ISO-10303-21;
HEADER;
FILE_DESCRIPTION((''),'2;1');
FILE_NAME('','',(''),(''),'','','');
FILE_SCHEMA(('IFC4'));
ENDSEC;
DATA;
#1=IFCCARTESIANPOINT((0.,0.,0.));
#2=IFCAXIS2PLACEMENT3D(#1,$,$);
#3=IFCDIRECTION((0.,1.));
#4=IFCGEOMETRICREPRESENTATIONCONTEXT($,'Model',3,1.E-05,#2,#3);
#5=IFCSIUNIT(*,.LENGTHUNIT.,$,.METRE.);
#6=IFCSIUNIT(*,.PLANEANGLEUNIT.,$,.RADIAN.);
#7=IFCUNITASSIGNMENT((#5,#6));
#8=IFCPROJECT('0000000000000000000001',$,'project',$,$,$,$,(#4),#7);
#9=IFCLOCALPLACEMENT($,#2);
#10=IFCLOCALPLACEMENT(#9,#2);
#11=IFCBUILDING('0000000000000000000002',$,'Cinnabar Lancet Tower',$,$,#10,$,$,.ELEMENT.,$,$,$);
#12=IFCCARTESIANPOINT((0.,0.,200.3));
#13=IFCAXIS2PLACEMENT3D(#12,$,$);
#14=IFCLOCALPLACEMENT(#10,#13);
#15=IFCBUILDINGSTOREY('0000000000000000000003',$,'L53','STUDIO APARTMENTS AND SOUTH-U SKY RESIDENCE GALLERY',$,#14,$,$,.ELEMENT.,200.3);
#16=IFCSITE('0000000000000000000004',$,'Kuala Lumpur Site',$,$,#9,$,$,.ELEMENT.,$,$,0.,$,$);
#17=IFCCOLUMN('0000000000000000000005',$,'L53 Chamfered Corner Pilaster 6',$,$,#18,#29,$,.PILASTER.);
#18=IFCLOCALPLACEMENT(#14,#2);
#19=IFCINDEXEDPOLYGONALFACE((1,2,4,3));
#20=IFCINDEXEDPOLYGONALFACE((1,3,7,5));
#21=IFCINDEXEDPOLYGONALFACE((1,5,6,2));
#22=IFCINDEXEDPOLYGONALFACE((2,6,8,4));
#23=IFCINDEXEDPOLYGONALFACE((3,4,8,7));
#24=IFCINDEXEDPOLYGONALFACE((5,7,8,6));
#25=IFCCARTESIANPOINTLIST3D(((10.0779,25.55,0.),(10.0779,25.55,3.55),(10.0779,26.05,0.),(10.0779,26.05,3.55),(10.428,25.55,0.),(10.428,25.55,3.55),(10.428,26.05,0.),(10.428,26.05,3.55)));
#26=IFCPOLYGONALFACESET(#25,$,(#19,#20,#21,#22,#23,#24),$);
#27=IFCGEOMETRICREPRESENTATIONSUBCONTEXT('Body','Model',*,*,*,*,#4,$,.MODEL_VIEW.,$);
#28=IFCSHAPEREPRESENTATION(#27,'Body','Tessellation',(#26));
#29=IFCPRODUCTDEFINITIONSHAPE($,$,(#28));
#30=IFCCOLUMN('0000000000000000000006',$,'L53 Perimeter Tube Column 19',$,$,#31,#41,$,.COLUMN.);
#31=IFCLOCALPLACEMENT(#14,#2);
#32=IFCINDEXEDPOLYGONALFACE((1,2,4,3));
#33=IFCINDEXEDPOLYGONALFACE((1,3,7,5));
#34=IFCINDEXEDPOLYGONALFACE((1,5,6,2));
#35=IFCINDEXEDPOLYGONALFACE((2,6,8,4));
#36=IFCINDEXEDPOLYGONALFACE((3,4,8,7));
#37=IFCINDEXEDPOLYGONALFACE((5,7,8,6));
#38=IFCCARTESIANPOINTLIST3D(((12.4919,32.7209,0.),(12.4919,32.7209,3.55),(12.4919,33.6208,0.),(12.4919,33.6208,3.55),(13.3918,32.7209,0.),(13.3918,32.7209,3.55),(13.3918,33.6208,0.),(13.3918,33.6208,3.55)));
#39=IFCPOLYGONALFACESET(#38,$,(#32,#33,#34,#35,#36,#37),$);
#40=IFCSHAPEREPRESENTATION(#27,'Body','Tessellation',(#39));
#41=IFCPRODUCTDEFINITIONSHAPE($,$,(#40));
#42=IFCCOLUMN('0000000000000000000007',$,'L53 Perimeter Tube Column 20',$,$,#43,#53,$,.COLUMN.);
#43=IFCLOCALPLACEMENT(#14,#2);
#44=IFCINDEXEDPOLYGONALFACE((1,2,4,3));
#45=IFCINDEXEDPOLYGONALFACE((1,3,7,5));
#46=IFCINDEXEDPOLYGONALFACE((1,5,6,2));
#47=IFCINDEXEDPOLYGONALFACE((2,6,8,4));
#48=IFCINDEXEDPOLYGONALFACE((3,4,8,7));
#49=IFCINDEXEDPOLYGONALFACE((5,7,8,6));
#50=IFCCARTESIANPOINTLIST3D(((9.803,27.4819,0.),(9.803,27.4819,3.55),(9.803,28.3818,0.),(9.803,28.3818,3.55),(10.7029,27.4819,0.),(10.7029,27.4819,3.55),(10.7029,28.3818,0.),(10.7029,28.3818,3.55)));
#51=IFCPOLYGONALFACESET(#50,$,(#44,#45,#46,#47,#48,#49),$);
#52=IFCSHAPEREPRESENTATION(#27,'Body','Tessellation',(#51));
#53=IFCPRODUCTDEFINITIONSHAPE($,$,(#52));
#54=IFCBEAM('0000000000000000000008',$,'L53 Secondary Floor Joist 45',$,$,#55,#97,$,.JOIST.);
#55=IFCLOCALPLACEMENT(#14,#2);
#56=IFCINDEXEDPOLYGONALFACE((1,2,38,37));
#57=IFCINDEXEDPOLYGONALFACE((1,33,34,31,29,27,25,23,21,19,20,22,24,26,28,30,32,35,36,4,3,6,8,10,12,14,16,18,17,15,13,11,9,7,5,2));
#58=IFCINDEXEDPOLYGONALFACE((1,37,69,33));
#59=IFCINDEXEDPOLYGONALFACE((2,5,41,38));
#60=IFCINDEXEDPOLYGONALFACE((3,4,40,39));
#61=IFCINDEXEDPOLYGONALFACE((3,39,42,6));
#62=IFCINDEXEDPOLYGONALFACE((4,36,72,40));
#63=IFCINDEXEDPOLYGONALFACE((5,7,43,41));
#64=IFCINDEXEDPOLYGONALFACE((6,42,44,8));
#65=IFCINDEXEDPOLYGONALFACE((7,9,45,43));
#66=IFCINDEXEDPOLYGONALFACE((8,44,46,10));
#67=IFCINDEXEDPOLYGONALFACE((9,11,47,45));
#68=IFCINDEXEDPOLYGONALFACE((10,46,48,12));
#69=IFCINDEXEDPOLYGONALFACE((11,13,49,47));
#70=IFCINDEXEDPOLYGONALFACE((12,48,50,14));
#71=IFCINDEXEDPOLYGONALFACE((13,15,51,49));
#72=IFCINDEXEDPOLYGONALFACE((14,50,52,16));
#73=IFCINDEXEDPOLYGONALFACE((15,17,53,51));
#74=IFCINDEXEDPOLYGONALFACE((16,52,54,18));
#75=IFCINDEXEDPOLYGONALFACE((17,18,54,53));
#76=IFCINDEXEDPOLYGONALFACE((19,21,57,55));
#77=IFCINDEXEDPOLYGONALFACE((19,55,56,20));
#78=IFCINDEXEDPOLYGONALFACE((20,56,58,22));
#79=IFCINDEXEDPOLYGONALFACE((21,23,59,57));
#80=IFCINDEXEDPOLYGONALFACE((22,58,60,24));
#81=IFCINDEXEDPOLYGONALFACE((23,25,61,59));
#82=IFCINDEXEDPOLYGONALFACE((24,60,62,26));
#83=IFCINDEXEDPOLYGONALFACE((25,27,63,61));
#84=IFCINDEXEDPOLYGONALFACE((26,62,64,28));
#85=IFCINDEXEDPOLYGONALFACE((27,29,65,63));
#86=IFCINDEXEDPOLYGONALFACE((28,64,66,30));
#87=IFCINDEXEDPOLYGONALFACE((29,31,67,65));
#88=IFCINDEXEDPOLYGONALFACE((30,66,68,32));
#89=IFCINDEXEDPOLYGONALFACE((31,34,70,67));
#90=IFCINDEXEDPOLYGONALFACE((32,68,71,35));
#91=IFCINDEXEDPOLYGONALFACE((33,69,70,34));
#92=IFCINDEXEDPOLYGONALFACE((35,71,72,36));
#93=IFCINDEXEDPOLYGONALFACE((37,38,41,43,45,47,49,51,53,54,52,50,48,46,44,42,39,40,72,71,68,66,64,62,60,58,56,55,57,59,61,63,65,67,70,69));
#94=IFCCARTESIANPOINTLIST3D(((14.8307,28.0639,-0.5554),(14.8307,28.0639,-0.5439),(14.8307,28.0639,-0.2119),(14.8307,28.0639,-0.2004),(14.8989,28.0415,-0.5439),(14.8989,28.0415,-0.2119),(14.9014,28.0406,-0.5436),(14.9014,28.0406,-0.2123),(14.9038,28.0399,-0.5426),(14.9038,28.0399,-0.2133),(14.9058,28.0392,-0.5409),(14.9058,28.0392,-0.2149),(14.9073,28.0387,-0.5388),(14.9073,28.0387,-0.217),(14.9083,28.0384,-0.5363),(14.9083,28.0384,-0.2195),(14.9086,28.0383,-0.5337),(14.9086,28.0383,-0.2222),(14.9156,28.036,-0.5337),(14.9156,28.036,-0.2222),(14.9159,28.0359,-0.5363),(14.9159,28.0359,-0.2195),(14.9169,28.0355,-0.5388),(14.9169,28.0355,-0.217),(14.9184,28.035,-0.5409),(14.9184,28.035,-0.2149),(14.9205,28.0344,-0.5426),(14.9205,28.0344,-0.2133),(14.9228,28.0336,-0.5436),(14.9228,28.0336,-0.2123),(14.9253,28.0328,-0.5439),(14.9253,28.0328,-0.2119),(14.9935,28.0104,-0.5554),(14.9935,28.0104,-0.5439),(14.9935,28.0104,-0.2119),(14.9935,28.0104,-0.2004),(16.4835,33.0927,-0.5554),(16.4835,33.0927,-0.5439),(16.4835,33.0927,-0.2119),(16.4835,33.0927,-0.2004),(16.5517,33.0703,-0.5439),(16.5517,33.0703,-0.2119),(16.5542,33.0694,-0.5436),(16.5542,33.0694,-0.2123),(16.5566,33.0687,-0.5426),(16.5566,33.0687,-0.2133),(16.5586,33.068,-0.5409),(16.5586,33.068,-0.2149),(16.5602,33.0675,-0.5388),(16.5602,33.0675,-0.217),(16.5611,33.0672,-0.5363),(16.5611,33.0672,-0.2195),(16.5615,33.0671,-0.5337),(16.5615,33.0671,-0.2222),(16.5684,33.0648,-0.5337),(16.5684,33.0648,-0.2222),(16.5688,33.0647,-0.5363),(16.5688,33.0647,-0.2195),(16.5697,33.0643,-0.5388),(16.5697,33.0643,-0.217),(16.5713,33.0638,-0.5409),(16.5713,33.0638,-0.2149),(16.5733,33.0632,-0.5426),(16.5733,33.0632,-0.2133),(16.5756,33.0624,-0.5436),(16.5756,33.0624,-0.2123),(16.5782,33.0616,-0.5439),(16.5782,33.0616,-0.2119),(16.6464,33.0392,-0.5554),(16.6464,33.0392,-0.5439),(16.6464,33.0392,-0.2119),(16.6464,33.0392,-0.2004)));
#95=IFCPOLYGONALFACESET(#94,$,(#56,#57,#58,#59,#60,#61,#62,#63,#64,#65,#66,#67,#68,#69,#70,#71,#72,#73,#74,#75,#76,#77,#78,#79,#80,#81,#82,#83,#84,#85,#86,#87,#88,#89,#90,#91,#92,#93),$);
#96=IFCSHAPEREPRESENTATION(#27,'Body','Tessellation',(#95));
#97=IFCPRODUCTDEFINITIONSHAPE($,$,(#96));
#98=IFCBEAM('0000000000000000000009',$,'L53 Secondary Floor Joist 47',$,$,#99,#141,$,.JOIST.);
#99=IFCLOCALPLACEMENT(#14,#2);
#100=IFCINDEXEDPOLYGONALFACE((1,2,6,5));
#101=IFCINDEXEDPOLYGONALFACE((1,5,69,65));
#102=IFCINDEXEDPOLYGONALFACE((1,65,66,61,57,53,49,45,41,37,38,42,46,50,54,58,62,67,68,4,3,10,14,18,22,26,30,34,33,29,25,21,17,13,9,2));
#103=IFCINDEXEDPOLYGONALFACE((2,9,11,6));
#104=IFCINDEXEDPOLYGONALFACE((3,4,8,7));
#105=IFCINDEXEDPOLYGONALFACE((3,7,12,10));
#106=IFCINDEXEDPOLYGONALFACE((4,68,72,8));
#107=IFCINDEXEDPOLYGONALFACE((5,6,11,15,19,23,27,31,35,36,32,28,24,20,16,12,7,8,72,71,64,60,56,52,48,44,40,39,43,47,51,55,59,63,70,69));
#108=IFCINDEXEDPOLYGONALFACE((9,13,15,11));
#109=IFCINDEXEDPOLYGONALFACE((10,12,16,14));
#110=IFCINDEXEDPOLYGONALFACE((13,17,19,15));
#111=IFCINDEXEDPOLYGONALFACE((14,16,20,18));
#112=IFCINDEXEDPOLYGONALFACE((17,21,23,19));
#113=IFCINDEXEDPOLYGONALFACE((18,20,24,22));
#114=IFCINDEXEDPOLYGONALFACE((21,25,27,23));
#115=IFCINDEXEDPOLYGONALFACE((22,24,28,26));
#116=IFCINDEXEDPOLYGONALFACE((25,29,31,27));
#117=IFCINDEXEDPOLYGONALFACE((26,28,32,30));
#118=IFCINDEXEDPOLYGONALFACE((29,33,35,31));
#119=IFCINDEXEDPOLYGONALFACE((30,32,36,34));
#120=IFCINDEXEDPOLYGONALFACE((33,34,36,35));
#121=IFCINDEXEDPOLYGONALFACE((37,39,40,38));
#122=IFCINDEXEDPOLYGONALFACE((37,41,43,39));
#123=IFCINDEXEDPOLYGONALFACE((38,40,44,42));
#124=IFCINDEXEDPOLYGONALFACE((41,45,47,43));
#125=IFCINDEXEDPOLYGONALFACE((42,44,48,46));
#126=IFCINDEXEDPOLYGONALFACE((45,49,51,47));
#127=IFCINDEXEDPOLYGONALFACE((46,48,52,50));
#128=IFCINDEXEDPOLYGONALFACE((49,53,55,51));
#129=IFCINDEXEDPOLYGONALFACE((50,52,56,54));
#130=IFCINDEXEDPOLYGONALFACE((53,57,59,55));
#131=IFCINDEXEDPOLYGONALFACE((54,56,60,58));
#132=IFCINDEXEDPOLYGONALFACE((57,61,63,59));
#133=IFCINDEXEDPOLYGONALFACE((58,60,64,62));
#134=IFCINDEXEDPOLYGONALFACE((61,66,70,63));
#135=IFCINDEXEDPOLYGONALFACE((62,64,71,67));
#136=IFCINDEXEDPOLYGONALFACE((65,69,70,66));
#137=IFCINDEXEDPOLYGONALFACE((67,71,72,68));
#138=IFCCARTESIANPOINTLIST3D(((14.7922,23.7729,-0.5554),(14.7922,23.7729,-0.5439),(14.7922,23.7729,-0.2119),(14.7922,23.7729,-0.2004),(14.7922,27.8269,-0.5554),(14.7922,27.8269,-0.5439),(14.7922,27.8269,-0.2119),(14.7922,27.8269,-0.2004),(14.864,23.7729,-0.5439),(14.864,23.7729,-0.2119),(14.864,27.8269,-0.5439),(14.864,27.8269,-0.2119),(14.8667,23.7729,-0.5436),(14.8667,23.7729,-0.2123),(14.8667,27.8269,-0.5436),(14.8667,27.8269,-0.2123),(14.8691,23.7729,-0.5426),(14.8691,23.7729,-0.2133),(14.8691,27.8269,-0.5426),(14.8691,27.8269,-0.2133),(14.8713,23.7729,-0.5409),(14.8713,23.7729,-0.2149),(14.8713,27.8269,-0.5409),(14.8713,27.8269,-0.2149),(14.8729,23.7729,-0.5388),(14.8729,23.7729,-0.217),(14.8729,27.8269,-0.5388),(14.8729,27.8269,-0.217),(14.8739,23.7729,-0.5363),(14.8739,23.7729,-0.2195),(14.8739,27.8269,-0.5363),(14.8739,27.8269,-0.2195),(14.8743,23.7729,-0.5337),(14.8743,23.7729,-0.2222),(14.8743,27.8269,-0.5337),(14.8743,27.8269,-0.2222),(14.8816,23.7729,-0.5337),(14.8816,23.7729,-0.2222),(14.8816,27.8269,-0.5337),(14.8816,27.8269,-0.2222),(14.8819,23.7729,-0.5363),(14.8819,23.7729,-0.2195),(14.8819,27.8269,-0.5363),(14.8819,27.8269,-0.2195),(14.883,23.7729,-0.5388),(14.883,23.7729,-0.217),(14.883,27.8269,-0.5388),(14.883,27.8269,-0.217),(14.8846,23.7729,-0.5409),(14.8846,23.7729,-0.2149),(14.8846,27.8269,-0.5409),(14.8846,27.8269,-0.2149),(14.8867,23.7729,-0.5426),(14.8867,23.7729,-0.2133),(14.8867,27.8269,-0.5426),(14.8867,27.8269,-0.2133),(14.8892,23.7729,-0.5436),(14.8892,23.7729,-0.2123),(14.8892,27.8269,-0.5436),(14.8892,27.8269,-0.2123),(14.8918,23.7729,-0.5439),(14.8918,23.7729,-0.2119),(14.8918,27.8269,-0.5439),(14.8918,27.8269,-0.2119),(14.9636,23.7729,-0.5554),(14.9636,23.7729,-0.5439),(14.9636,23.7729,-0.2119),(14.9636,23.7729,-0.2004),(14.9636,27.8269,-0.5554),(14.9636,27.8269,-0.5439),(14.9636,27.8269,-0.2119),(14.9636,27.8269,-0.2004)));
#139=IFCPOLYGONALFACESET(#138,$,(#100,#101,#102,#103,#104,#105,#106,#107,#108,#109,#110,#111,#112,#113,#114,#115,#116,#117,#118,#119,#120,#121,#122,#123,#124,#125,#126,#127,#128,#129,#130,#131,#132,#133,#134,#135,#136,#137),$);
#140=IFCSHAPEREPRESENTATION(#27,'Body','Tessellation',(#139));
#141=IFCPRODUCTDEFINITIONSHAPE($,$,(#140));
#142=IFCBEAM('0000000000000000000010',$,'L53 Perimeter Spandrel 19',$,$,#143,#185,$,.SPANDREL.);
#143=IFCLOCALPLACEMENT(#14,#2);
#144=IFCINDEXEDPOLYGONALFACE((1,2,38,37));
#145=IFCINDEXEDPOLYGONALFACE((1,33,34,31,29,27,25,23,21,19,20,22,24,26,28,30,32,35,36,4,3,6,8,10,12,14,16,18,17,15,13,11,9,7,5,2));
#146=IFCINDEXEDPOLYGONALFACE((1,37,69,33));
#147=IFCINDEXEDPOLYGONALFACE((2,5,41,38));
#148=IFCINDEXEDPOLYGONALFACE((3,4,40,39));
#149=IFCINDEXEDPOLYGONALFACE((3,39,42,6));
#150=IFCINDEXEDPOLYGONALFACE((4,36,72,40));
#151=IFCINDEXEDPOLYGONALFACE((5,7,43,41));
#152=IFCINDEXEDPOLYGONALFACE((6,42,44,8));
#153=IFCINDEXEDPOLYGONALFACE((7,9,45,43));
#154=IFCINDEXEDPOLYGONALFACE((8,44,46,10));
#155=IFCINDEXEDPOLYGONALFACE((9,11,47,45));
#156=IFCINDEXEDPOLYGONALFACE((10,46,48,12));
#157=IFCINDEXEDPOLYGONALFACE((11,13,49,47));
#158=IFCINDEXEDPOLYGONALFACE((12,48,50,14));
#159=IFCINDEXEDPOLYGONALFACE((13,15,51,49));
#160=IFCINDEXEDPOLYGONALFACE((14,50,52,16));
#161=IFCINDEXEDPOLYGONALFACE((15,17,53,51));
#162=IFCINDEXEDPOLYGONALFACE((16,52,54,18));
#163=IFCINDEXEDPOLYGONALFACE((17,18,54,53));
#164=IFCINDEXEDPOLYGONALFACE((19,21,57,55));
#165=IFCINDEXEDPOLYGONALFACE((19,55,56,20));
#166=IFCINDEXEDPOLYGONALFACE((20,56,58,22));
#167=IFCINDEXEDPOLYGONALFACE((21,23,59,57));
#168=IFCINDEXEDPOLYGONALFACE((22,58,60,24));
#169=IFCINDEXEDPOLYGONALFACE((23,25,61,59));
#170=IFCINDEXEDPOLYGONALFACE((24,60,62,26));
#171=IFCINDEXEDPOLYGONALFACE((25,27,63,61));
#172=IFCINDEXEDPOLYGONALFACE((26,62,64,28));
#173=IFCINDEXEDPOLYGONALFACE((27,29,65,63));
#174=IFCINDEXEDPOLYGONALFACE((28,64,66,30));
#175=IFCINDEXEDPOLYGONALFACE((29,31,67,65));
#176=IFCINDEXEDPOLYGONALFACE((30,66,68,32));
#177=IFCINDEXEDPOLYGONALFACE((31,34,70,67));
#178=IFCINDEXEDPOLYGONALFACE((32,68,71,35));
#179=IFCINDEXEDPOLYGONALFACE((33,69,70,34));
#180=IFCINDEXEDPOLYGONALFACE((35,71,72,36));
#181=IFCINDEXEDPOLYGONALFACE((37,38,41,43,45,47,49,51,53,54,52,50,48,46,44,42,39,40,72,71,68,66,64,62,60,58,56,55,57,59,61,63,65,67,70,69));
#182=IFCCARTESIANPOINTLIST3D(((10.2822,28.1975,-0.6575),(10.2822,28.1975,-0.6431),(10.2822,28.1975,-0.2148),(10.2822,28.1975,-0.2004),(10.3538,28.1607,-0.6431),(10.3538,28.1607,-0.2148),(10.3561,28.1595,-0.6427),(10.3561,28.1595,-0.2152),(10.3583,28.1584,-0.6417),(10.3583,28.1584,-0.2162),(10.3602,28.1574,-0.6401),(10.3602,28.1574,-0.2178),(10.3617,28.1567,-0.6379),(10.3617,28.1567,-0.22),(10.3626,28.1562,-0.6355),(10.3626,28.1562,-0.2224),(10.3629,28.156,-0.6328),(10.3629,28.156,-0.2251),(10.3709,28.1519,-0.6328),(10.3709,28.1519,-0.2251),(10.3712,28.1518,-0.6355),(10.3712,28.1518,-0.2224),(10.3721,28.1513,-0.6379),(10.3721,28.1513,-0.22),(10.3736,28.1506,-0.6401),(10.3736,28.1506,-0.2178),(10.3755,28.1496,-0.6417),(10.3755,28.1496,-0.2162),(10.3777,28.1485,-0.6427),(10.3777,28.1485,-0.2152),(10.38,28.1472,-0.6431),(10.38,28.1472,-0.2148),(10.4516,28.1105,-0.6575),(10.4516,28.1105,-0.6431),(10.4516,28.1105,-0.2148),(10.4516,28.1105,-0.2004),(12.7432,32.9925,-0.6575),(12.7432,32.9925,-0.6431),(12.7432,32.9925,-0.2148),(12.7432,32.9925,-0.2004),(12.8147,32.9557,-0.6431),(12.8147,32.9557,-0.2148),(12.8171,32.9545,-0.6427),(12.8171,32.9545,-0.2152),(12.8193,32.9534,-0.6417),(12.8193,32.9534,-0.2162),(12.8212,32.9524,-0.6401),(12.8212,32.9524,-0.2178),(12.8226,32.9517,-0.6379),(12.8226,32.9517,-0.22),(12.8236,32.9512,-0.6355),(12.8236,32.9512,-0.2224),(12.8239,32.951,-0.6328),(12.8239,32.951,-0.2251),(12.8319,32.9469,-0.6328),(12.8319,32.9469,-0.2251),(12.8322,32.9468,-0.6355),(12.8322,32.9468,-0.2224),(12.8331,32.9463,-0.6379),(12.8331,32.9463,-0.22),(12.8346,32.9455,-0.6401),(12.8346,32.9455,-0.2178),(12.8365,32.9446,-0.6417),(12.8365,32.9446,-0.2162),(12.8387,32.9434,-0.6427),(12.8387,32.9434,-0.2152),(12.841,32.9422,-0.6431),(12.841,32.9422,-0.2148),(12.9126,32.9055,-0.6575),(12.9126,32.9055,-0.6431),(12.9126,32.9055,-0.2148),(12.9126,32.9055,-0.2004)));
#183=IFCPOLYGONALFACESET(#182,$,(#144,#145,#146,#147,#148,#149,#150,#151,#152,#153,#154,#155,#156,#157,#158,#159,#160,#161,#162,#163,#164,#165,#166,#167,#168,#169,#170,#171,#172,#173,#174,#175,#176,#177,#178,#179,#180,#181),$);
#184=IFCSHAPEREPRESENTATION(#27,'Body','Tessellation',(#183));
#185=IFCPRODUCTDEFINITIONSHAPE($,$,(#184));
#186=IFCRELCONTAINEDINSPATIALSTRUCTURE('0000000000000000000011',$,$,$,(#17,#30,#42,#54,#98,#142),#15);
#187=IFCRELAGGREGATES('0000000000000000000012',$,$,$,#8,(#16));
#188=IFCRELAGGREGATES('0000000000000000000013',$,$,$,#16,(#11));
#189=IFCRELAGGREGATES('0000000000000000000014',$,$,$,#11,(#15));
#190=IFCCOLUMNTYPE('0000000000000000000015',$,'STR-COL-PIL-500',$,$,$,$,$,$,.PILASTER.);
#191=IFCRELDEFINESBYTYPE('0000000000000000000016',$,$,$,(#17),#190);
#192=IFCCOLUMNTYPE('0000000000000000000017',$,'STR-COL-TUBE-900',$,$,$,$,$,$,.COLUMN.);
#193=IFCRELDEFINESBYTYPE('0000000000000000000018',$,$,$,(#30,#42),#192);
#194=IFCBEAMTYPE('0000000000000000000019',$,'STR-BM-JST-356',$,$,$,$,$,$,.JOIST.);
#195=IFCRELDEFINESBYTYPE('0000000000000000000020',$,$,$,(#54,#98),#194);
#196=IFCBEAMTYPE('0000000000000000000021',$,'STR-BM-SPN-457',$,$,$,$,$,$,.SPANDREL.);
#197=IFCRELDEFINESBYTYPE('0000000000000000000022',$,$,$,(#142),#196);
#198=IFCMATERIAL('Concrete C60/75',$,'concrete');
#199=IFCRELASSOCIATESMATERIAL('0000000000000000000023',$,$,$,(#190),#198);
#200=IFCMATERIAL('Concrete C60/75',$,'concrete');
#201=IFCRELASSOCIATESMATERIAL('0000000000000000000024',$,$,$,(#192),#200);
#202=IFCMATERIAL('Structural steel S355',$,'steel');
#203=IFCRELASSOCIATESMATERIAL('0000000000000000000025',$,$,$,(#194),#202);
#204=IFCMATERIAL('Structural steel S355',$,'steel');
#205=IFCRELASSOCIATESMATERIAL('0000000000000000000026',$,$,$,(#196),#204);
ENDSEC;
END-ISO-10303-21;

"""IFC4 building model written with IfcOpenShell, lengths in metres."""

from ifc_helpers import new_model, si_unit, direction, frame, origin, origin_2d, place, context, subcontext, project, spatial, rectangle, i_section, extrude, material, material_profile, profile_set, type_object, element, save


model = new_model("IFC4")

# Units and contexts
model_context = context("Model", 3, precision=1e-05, world=origin(), true_north=direction((0.0, 1.0)))
body_context = subcontext(model_context, "Body", "Model", "MODEL_VIEW")
ifc_project = project(units=[si_unit("LENGTHUNIT", "METRE"), si_unit("PLANEANGLEUNIT", "RADIAN")], contexts=[model_context])

# Site, building, storey
site_placement = place(None, origin())
site = spatial("IfcSite", under=ifc_project, at=site_placement, Name="Kuala Lumpur Site", CompositionType="ELEMENT", RefElevation=0.0)
building_placement = place(site_placement, origin())
building = spatial("IfcBuilding", under=site, at=building_placement, Name="Cinnabar Lancet Tower", CompositionType="ELEMENT")
storey_placement = place(building_placement, frame((0.0, 0.0, 200.3)))
storey = spatial("IfcBuildingStorey", under=building, at=storey_placement, Name="L53", Description="STUDIO APARTMENTS AND SOUTH-U SKY RESIDENCE GALLERY", CompositionType="ELEMENT", Elevation=200.3)

# Columns
ifc_material_1 = material(Name="Concrete C60/75", Category="concrete")
ifc_material_profile_1 = material_profile(ifc_material_1, rectangle(XDim=0.5, YDim=0.3501, at=origin_2d()), Name="RC-PIL 500x350")
ifc_profile_set_1 = profile_set([ifc_material_profile_1], Name="Concrete C60/75")
column_type_1 = type_object("IfcColumnType", Name="STR-COL-PIL-500", PredefinedType="PILASTER", material=ifc_profile_set_1)
column_placement = place(storey_placement, frame((10.2529, 25.8, 0.0), z_axis=(0.0, 0.0, 1.0), x_axis=(0.0, -1.0, 0.0)))
element("IfcColumn", 1, at=column_placement, inside=storey, type_object=column_type_1, Name="L53 Chamfered Corner Pilaster 6", PredefinedType="PILASTER", context=body_context, shape_type="SweptSolid", body=[
    extrude(rectangle(XDim=0.5, YDim=0.3501, at=origin_2d()), origin(), (0.0, 0.0, 1.0), 3.55),
])
ifc_material_2 = material(Name="Concrete C60/75", Category="concrete")
ifc_material_profile_2 = material_profile(ifc_material_2, rectangle(XDim=0.8999, YDim=0.8999, at=origin_2d()), Name="RC-COL 900x900")
ifc_profile_set_2 = profile_set([ifc_material_profile_2], Name="Concrete C60/75")
column_type_2 = type_object("IfcColumnType", Name="STR-COL-TUBE-900", PredefinedType="COLUMN", material=ifc_profile_set_2)
for number, where, z_axis, x_axis, name in (
    (2, (12.9419, 33.1709, 0.0), (0.0, 0.0, 1.0), (1.0, 0.0, 0.0), "L53 Perimeter Tube Column 19"),
    (3, (10.2529, 27.9319, 0.0), (0.0, 0.0, 1.0), (1.0, 0.0, 0.0), "L53 Perimeter Tube Column 20"),
):
    element("IfcColumn", number, at=place(storey_placement, frame(where, z_axis=z_axis, x_axis=x_axis)), inside=storey, type_object=column_type_2, Name=name, PredefinedType="COLUMN", context=body_context, shape_type="SweptSolid", body=[
        extrude(rectangle(XDim=0.8999, YDim=0.8999, at=origin_2d()), origin(), (0.0, 0.0, 1.0), 3.55),
    ])

# Beams
ifc_material_3 = material(Name="Structural steel S355", Category="steel")
ifc_material_profile_3 = material_profile(ifc_material_3, i_section(OverallWidth=0.1714, OverallDepth=0.355, WebThickness=0.0073, FlangeThickness=0.0115, FilletRadius=0.0103, at=origin_2d()), Name="UKB 356x171x51")
ifc_profile_set_3 = profile_set([ifc_material_profile_3], Name="Structural steel S355")
beam_type_1 = type_object("IfcBeamType", Name="STR-BM-JST-356", PredefinedType="JOIST", material=ifc_profile_set_3)
beam_1_placement = place(storey_placement, frame((16.5649, 33.0659, -0.3779), z_axis=(-0.31224, -0.950003, 0.0), x_axis=(0.950003, -0.31224, 0.0)))
element("IfcBeam", 4, at=beam_1_placement, inside=storey, type_object=beam_type_1, Name="L53 Secondary Floor Joist 45", PredefinedType="JOIST", context=body_context, shape_type="SweptSolid", body=[
    extrude(i_section(OverallWidth=0.1714, OverallDepth=0.355, WebThickness=0.0073, FlangeThickness=0.0115, FilletRadius=0.0103, at=origin_2d()), origin(), (0.0, 0.0, 1.0), 5.2935),
])
beam_2_placement = place(storey_placement, frame((14.8779, 27.8269, -0.3779), z_axis=(0.0, -1.0, 0.0), x_axis=(1.0, 0.0, 0.0)))
element("IfcBeam", 5, at=beam_2_placement, inside=storey, type_object=beam_type_1, Name="L53 Secondary Floor Joist 47", PredefinedType="JOIST", context=body_context, shape_type="SweptSolid", body=[
    extrude(i_section(OverallWidth=0.1714, OverallDepth=0.355, WebThickness=0.0073, FlangeThickness=0.0115, FilletRadius=0.0103, at=origin_2d()), origin(), (0.0, 0.0, 1.0), 4.054),
])
ifc_material_4 = material(Name="Structural steel S355", Category="steel")
ifc_material_profile_4 = material_profile(ifc_material_4, i_section(OverallWidth=0.1904, OverallDepth=0.457, WebThickness=0.009, FlangeThickness=0.0144, FilletRadius=0.0103, at=origin_2d()), Name="UKB 457x191x74")
ifc_profile_set_4 = profile_set([ifc_material_profile_4], Name="Structural steel S355")
beam_type_2 = type_object("IfcBeamType", Name="STR-BM-SPN-457", PredefinedType="SPANDREL", material=ifc_profile_set_4)
beam_3_placement = place(storey_placement, frame((12.8279, 32.949, -0.429), z_axis=(-0.456611, -0.889666, 0.0), x_axis=(0.889666, -0.456611, 0.0)))
element("IfcBeam", 6, at=beam_3_placement, inside=storey, type_object=beam_type_2, Name="L53 Perimeter Spandrel 19", PredefinedType="SPANDREL", context=body_context, shape_type="SweptSolid", body=[
    extrude(i_section(OverallWidth=0.1904, OverallDepth=0.457, WebThickness=0.009, FlangeThickness=0.0144, FilletRadius=0.0103, at=origin_2d()), origin(), (0.0, 0.0, 1.0), 5.3896),
])

save(model, "model.ifc")
